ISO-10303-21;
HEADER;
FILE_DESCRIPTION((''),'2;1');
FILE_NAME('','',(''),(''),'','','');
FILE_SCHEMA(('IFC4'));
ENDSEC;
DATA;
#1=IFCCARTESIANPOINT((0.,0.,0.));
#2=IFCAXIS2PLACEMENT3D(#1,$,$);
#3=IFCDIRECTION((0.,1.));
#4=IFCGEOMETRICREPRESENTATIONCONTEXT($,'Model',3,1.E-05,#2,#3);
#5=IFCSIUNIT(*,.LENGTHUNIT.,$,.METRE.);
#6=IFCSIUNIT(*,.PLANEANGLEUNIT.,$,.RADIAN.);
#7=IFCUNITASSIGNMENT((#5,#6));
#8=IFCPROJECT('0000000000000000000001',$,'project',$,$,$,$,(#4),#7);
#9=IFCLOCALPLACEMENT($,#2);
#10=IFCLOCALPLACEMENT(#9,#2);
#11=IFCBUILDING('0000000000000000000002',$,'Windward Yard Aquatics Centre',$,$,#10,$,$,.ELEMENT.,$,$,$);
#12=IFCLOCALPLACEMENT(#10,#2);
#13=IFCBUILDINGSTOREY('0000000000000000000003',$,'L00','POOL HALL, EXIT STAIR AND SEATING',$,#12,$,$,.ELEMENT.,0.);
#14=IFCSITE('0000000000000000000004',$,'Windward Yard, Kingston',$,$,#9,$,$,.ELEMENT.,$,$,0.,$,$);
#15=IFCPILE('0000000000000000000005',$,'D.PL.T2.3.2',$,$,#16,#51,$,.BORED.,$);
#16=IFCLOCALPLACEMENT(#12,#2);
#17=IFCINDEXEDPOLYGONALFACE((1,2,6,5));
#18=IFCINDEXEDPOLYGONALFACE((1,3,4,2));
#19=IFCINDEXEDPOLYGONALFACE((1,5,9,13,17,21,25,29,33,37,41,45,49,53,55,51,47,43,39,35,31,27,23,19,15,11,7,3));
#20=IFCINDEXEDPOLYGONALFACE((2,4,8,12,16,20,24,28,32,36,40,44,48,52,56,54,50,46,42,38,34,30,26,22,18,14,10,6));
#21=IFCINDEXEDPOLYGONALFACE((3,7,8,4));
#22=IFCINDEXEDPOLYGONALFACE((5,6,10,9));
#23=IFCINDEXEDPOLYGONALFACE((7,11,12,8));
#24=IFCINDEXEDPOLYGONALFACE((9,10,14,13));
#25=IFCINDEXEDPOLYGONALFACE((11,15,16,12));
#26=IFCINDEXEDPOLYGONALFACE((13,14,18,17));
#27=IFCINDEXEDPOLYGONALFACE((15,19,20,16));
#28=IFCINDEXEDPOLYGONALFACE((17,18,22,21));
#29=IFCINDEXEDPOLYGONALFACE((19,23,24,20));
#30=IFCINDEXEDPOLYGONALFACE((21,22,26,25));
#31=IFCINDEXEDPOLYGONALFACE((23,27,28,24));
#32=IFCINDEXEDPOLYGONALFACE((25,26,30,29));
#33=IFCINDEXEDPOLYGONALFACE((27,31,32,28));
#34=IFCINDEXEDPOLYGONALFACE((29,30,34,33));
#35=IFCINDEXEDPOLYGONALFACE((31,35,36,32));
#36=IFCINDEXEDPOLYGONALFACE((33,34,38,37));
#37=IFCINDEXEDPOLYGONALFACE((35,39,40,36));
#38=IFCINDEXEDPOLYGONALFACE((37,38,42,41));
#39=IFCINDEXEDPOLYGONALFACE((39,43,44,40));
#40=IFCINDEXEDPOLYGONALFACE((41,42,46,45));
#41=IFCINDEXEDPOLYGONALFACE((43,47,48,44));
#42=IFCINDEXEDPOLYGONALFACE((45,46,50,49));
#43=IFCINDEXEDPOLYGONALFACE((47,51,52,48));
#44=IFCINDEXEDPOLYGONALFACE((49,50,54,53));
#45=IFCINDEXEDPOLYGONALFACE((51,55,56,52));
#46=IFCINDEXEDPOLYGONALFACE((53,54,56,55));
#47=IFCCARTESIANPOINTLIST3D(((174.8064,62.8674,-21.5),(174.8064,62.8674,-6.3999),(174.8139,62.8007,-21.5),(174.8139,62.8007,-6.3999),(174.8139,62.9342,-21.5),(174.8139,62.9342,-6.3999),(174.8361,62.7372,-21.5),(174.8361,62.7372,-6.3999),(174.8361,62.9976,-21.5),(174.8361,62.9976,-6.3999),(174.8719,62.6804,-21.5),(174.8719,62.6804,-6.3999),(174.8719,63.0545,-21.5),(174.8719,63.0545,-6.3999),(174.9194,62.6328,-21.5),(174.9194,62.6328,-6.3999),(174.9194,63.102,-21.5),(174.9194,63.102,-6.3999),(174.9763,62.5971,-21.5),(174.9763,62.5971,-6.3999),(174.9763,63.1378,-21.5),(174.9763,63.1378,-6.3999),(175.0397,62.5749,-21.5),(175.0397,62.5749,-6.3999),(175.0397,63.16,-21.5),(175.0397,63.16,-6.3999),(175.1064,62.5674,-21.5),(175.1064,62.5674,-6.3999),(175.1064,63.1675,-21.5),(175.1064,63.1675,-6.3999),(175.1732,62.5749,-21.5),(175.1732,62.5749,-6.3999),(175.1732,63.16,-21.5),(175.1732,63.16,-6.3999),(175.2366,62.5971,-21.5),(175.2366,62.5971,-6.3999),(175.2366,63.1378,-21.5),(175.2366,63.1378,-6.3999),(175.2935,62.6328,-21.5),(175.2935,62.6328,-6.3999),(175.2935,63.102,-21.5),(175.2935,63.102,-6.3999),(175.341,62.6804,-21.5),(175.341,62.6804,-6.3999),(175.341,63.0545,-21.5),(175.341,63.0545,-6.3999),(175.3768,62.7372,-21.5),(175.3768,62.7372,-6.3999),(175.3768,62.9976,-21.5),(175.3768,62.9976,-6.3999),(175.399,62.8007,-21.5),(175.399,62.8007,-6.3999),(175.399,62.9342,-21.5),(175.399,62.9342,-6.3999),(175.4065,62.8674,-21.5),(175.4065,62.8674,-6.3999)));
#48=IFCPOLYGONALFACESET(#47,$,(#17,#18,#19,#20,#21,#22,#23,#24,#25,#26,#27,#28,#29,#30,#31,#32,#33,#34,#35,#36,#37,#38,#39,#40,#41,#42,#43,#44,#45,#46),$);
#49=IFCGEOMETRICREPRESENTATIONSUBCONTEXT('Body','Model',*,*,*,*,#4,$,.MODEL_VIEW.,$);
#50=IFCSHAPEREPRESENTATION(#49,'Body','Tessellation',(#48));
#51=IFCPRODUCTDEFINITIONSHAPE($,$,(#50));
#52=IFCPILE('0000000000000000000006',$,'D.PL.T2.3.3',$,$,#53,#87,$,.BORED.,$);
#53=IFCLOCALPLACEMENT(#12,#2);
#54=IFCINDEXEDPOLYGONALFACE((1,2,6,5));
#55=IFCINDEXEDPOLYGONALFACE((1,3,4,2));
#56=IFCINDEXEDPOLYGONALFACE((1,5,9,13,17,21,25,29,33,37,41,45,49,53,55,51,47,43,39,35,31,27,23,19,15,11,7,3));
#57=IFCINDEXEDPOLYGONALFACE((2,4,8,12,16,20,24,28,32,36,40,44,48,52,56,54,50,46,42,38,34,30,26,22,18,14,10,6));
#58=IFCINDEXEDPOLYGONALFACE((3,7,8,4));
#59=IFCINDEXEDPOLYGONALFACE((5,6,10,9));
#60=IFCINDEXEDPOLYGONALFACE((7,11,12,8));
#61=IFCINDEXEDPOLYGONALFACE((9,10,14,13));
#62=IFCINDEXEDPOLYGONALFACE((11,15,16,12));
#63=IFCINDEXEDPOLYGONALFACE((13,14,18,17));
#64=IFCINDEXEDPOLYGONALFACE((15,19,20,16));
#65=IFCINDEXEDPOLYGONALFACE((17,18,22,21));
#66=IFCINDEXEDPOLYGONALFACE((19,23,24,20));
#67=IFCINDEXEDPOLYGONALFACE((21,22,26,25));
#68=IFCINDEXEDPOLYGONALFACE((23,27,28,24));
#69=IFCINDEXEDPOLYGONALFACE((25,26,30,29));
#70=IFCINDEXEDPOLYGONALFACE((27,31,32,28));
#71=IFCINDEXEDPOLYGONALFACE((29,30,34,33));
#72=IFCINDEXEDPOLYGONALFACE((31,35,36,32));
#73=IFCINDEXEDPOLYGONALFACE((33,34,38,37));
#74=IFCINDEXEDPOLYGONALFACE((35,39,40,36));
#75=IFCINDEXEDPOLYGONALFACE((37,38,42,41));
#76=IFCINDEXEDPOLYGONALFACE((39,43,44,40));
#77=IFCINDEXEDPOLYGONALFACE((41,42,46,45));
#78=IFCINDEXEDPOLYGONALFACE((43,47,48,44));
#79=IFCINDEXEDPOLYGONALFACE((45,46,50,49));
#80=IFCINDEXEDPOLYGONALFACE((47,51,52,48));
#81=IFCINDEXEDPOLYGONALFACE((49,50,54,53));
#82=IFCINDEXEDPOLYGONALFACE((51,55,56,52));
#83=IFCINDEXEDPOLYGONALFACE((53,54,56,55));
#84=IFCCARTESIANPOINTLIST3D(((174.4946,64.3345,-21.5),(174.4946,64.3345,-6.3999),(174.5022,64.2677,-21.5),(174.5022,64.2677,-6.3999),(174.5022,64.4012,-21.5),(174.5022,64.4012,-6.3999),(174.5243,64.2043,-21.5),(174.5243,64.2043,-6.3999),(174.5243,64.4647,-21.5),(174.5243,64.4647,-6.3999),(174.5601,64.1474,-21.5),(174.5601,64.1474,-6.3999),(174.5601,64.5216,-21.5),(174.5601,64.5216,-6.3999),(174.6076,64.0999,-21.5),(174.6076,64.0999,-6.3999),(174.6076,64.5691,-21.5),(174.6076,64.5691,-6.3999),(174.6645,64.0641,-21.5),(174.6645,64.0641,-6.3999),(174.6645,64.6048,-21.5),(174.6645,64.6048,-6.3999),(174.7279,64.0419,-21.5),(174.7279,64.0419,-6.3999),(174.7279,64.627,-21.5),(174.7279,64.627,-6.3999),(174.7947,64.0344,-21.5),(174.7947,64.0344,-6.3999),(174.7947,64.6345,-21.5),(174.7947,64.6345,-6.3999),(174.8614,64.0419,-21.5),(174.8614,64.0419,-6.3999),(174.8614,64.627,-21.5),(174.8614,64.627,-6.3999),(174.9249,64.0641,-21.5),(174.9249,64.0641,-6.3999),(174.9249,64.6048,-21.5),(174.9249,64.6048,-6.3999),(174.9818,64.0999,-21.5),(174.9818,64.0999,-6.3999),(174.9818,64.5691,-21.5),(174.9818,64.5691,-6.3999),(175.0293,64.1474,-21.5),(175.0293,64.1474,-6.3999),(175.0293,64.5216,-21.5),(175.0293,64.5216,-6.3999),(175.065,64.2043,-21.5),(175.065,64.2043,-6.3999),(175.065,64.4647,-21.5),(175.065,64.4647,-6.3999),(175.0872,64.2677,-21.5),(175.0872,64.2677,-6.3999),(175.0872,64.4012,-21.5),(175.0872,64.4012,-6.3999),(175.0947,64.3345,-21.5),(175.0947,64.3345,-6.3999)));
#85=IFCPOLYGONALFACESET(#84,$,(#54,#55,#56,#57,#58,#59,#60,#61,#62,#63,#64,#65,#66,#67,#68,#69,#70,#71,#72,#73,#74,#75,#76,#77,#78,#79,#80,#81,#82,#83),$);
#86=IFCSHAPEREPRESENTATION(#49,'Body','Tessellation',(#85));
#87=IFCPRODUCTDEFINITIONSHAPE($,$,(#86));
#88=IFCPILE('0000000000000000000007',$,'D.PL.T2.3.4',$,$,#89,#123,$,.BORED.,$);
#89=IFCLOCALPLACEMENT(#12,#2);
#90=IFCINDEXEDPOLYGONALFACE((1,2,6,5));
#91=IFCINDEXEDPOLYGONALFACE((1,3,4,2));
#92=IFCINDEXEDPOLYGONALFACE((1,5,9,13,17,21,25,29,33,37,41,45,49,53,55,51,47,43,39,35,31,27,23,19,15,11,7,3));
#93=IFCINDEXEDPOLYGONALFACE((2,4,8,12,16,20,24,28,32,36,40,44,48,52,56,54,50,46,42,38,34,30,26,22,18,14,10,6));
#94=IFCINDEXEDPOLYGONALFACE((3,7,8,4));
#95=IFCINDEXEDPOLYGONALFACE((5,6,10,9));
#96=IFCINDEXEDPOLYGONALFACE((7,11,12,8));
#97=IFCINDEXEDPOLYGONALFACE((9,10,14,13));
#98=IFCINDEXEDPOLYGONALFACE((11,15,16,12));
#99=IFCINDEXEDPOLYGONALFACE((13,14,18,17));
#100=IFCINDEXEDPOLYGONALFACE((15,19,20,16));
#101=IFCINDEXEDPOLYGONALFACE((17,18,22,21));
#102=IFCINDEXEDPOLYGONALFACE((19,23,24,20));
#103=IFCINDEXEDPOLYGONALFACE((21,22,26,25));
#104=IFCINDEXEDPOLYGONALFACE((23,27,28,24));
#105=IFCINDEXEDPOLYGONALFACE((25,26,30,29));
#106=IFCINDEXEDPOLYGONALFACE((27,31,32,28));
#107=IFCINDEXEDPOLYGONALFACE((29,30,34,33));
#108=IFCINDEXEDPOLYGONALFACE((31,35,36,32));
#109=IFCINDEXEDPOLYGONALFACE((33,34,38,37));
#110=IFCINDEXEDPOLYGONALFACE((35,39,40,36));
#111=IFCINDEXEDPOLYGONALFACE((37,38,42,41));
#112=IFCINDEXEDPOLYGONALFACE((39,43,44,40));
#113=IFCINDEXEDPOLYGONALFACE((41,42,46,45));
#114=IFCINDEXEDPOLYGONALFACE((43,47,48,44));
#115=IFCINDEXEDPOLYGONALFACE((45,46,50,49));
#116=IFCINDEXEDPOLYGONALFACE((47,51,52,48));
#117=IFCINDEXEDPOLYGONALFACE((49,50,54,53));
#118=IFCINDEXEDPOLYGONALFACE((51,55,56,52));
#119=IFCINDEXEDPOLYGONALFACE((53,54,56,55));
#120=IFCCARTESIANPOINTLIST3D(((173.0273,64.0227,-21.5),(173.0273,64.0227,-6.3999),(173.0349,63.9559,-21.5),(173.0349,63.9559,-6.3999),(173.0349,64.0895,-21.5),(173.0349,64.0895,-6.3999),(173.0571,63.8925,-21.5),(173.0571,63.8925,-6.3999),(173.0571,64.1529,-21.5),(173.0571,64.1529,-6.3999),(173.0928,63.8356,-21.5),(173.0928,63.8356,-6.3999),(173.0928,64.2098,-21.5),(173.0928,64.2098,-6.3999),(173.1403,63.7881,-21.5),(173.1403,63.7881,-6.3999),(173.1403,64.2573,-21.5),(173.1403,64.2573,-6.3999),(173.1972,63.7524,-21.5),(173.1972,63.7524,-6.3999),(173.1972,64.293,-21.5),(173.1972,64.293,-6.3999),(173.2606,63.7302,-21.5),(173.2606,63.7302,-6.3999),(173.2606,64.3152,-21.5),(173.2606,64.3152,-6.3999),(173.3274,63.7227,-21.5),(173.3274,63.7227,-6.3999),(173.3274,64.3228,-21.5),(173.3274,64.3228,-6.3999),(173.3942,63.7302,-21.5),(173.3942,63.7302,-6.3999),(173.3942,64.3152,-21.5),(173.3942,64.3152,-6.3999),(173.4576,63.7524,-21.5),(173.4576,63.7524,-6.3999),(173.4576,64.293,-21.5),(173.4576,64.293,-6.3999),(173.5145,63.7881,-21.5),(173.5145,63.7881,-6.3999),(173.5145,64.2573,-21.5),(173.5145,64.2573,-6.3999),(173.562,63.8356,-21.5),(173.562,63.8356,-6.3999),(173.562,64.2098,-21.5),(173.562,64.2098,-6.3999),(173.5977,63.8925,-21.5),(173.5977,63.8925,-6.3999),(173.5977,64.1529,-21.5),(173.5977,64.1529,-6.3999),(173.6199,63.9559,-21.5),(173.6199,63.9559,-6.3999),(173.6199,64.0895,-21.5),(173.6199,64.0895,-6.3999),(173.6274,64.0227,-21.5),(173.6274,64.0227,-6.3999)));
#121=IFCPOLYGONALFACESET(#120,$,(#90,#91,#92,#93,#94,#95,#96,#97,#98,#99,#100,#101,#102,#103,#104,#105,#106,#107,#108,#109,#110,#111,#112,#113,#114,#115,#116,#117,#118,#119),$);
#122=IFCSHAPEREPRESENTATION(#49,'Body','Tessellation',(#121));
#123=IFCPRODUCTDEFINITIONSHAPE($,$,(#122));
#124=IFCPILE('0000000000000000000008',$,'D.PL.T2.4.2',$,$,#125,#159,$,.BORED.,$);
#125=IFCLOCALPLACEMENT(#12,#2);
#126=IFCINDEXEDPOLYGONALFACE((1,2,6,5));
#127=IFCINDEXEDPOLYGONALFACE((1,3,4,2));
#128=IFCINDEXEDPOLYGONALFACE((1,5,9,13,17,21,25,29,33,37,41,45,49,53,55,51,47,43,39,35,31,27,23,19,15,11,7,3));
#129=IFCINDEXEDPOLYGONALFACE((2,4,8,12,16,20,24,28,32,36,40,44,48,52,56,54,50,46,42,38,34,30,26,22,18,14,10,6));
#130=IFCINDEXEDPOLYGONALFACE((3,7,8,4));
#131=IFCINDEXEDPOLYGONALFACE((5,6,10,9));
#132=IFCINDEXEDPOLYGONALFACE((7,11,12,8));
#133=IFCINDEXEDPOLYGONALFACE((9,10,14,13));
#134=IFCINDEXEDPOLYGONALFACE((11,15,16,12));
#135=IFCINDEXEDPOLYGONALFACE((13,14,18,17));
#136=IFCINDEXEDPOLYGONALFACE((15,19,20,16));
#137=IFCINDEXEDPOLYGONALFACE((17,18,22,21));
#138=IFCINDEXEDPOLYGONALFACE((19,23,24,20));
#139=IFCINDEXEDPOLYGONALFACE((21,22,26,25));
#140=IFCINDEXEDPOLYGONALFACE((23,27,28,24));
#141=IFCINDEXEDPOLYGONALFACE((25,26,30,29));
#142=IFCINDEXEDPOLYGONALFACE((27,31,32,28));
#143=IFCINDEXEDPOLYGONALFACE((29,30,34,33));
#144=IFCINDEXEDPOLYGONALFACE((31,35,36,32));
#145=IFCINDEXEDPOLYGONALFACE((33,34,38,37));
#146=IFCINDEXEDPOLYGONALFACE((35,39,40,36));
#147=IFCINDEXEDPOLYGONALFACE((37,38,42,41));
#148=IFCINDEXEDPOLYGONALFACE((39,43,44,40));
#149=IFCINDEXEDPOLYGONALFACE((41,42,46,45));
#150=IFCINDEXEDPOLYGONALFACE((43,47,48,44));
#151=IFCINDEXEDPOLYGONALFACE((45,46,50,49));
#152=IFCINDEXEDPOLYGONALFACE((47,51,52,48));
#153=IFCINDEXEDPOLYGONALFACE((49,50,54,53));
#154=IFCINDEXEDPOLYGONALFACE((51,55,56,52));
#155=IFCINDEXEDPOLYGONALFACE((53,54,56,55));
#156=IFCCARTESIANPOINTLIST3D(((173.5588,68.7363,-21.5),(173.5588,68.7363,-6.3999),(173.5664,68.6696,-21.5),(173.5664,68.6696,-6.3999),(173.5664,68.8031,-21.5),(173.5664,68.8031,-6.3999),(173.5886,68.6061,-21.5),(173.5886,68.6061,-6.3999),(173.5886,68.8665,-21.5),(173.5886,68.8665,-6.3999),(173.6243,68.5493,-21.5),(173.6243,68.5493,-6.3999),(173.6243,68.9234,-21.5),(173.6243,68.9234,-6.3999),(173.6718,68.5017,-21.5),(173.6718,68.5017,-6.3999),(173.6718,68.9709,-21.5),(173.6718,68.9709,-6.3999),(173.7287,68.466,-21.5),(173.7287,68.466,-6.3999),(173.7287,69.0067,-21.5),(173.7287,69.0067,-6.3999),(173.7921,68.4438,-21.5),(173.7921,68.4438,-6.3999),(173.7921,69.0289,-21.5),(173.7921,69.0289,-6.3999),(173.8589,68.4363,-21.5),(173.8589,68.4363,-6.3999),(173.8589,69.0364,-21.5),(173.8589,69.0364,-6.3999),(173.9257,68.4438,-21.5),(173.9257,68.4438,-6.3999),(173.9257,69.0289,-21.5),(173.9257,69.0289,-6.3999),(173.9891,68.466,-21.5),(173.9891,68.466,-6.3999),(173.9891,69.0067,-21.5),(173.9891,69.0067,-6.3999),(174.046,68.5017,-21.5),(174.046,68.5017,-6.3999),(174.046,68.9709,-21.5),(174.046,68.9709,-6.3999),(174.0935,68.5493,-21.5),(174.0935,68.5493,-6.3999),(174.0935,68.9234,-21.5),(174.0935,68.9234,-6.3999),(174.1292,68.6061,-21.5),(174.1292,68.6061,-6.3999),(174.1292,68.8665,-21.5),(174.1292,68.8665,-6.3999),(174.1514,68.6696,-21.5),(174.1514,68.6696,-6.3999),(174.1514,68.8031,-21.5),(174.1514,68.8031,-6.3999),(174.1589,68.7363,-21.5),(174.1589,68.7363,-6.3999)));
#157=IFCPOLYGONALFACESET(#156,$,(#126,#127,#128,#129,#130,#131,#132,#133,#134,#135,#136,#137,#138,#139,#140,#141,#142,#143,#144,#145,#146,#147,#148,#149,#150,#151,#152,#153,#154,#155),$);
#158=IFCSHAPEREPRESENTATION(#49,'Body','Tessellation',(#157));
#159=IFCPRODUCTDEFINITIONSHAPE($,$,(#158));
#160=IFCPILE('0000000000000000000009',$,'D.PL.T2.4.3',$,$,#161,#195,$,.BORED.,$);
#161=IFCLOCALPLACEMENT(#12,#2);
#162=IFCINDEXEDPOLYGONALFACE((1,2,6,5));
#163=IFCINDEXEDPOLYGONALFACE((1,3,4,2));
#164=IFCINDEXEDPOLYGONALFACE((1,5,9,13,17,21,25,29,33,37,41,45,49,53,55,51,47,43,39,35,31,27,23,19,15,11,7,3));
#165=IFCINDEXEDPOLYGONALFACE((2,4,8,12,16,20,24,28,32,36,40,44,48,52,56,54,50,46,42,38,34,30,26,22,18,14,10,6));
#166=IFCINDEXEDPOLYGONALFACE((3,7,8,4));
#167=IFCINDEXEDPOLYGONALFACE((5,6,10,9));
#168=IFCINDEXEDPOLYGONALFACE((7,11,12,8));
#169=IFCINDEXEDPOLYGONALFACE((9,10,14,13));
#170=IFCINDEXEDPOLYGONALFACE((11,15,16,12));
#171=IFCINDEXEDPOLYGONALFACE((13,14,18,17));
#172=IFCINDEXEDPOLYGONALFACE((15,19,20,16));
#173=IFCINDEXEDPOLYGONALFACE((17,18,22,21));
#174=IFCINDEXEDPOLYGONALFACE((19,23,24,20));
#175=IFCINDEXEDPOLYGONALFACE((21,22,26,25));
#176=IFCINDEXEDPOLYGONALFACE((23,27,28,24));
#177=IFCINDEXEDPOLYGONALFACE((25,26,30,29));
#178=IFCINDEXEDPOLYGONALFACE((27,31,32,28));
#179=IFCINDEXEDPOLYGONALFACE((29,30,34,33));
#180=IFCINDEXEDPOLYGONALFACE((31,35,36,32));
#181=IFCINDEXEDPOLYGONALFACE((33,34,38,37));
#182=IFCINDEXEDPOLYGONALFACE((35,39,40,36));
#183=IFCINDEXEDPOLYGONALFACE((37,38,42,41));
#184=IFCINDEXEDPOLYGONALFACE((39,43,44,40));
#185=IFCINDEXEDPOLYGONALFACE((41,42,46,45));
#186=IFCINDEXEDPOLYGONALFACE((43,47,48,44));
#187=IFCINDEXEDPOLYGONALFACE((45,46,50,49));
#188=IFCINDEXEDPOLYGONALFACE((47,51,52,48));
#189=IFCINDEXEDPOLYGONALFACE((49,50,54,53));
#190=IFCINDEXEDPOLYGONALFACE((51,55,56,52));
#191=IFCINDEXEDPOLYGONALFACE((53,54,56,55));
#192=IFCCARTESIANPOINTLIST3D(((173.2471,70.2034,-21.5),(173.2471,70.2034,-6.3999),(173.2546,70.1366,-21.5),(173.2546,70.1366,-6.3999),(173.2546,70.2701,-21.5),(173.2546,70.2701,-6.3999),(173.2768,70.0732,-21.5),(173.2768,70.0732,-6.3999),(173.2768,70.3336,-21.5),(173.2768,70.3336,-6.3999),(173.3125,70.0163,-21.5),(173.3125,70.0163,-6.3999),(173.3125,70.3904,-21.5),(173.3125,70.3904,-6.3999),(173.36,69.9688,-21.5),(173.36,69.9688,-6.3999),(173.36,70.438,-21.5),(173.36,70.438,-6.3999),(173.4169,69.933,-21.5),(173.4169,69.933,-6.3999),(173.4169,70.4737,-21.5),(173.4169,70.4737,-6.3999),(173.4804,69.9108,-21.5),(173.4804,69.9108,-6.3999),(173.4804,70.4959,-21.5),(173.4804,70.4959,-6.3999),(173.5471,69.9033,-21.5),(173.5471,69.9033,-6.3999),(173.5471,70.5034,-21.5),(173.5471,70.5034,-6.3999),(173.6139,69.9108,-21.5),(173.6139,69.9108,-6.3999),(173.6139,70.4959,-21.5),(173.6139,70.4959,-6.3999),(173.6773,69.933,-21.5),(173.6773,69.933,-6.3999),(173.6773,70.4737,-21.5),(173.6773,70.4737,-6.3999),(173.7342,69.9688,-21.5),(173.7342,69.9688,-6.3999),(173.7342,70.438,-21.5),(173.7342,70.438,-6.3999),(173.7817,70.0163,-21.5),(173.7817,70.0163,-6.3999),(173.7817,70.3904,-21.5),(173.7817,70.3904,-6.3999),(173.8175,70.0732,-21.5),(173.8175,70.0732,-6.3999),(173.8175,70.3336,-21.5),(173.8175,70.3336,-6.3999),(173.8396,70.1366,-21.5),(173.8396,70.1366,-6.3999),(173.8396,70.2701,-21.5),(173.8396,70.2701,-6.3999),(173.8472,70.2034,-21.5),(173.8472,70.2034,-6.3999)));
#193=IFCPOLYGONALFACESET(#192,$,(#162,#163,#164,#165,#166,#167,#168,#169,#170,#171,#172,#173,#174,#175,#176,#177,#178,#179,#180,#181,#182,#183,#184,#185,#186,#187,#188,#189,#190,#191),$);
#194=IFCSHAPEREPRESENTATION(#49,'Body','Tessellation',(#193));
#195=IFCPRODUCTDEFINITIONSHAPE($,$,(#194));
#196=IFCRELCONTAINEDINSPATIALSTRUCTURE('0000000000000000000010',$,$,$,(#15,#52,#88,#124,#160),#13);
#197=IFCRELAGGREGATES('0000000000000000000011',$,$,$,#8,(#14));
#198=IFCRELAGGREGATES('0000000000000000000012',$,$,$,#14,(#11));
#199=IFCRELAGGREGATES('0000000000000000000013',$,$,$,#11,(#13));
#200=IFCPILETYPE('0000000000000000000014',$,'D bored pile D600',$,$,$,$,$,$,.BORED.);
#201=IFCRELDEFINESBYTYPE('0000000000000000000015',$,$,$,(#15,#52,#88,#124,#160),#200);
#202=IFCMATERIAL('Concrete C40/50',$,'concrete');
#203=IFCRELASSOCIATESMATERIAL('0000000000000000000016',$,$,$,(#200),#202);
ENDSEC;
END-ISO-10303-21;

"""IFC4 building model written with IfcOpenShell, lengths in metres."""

from ifc_helpers import new_model, si_unit, direction, frame, origin, origin_2d, place, context, subcontext, project, spatial, circle, extrude, material, material_profile, profile_set, type_object, element, save


model = new_model("IFC4")

# Units and contexts
model_context = context("Model", 3, precision=1e-05, world=origin(), true_north=direction((0.0, 1.0)))
body_context = subcontext(model_context, "Body", "Model", "MODEL_VIEW")
ifc_project = project(units=[si_unit("LENGTHUNIT", "METRE"), si_unit("PLANEANGLEUNIT", "RADIAN")], contexts=[model_context])

# Site, building, storey
site_placement = place(None, origin())
site = spatial("IfcSite", under=ifc_project, at=site_placement, Name="Windward Yard, Kingston", CompositionType="ELEMENT", RefElevation=0.0)
building_placement = place(site_placement, origin())
building = spatial("IfcBuilding", under=site, at=building_placement, Name="Windward Yard Aquatics Centre", CompositionType="ELEMENT")
storey_placement = place(building_placement, origin())
storey = spatial("IfcBuildingStorey", under=building, at=storey_placement, Name="L00", Description="POOL HALL, EXIT STAIR AND SEATING", CompositionType="ELEMENT", Elevation=0.0)

# Piles
ifc_material_1 = material(Name="Concrete C40/50", Category="concrete")
ifc_material_profile_1 = material_profile(ifc_material_1, circle(Radius=0.3, at=origin_2d()), Name="RC D600")
ifc_profile_set_1 = profile_set([ifc_material_profile_1], Name="Concrete C40/50")
pile_type = type_object("IfcPileType", Name="D bored pile D600", PredefinedType="BORED", material=ifc_profile_set_1)
for number, where, z_axis, x_axis, name in (
    (1, (175.1064, 62.8674, -6.3999), (0.0, 0.0, -1.0), (1.0, 0.0, 0.0), "D.PL.T2.3.2"),
    (2, (174.7947, 64.3345, -6.3999), (0.0, 0.0, -1.0), (1.0, 0.0, 0.0), "D.PL.T2.3.3"),
    (3, (173.3274, 64.0227, -6.3999), (0.0, 0.0, -1.0), (1.0, 0.0, 0.0), "D.PL.T2.3.4"),
    (4, (173.8589, 68.7363, -6.3999), (0.0, 0.0, -1.0), (1.0, 0.0, 0.0), "D.PL.T2.4.2"),
    (5, (173.5471, 70.2034, -6.3999), (0.0, 0.0, -1.0), (1.0, 0.0, 0.0), "D.PL.T2.4.3"),
):
    element("IfcPile", number, at=place(storey_placement, frame(where, z_axis=z_axis, x_axis=x_axis)), inside=storey, type_object=pile_type, Name=name, PredefinedType="BORED", context=body_context, shape_type="SweptSolid", body=[
        extrude(circle(Radius=0.3, at=origin_2d()), origin(), (0.0, 0.0, 1.0), 15.1001),
    ])

save(model, "model.ifc")
